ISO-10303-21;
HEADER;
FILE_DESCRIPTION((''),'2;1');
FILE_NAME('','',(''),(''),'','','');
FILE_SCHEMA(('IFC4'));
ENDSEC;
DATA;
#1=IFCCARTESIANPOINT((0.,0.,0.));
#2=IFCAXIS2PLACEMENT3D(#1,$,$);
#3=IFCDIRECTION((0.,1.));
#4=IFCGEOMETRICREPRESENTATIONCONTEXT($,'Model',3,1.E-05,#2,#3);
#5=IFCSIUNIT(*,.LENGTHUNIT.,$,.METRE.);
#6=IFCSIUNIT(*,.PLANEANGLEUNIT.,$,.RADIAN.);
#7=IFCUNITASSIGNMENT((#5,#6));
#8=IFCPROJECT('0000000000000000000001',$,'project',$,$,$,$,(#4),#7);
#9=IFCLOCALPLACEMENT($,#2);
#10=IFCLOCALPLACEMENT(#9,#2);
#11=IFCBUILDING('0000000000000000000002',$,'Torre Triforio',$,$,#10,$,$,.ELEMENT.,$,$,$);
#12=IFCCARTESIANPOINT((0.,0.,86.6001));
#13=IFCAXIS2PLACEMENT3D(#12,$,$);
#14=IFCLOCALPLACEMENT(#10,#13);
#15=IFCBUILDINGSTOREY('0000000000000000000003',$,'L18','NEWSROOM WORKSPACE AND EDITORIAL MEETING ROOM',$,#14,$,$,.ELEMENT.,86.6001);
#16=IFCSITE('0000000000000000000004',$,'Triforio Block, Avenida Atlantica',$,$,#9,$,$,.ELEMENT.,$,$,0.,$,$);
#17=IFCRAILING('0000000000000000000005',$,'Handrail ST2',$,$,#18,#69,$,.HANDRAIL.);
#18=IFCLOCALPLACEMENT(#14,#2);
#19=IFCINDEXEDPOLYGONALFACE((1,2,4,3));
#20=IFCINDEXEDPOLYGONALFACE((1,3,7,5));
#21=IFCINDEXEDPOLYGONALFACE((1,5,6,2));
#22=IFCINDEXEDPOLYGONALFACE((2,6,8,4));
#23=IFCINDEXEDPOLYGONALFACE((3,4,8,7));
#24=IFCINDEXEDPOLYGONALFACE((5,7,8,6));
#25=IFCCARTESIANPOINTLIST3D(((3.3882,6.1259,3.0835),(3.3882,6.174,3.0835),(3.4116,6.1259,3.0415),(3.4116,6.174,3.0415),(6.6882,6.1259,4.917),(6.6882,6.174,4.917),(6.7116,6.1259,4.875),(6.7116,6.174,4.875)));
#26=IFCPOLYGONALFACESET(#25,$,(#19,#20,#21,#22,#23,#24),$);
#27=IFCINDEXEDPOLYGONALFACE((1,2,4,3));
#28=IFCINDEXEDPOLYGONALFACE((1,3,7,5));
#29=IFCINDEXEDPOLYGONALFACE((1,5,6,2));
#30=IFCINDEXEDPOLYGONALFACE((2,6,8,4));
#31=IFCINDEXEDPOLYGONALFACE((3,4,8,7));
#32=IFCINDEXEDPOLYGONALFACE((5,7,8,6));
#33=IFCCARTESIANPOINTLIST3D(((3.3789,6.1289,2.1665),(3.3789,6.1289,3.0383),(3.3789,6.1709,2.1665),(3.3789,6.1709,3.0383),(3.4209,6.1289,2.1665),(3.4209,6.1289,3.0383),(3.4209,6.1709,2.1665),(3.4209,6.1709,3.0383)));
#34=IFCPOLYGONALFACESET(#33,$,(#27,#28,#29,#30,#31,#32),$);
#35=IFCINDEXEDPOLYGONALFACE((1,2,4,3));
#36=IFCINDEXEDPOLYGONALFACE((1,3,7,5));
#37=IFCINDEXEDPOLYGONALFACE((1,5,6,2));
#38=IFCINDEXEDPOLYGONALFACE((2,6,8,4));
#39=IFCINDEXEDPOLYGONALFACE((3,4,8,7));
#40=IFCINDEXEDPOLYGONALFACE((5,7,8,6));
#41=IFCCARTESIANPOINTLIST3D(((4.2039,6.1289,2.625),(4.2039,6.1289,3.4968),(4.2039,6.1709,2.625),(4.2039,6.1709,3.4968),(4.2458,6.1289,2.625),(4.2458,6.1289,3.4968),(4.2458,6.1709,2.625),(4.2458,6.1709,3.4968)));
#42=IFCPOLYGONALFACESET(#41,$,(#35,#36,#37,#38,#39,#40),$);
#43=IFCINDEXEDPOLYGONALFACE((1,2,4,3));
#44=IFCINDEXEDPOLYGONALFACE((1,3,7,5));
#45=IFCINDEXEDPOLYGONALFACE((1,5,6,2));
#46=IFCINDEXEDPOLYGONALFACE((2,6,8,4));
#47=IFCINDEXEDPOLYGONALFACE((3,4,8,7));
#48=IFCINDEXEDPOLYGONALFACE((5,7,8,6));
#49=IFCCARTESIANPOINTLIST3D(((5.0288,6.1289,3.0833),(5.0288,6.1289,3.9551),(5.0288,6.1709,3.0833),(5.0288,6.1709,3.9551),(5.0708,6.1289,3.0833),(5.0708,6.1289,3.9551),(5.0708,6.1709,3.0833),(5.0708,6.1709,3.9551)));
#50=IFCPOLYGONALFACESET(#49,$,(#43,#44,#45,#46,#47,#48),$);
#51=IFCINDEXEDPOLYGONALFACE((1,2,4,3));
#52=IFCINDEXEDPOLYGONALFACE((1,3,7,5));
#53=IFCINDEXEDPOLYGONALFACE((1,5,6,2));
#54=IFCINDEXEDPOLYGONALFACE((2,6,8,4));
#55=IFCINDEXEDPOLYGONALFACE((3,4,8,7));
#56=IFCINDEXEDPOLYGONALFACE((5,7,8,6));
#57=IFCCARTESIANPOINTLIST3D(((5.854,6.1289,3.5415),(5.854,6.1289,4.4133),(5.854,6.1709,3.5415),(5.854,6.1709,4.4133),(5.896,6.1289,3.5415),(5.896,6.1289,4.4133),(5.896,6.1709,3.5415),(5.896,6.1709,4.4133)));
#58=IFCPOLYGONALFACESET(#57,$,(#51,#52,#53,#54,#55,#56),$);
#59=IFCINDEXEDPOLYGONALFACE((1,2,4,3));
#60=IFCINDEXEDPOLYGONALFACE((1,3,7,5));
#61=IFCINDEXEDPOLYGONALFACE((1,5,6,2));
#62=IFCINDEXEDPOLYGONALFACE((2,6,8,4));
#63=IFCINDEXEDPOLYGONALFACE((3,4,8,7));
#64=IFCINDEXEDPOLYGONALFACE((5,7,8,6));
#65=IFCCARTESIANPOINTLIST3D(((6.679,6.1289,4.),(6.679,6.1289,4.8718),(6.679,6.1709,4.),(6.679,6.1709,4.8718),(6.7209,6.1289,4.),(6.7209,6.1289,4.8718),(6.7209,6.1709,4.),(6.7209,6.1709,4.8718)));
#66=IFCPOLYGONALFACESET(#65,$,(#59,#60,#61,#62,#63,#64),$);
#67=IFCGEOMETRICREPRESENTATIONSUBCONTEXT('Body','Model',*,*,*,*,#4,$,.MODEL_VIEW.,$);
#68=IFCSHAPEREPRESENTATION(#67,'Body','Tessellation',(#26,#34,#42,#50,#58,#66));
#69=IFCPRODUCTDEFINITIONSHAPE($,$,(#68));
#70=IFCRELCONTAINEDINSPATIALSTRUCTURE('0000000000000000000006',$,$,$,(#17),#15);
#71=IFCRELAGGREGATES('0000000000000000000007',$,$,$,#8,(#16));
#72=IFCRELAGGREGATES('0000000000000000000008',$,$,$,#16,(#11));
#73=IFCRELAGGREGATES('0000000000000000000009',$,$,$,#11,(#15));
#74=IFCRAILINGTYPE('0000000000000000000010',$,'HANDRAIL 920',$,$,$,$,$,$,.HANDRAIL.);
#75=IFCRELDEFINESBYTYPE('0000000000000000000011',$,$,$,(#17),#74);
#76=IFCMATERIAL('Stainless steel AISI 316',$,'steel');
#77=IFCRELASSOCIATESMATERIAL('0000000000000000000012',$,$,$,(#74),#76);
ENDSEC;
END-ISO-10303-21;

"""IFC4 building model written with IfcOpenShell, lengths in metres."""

from ifc_helpers import new_model, si_unit, direction, frame, origin, origin_2d, place, context, subcontext, project, spatial, rectangle, extrude, material, type_object, element, save


model = new_model("IFC4")

# Units and contexts
model_context = context("Model", 3, precision=1e-05, world=origin(), true_north=direction((0.0, 1.0)))
body_context = subcontext(model_context, "Body", "Model", "MODEL_VIEW")
ifc_project = project(units=[si_unit("LENGTHUNIT", "METRE"), si_unit("PLANEANGLEUNIT", "RADIAN")], contexts=[model_context])

# Site, building, storey
site_placement = place(None, origin())
site = spatial("IfcSite", under=ifc_project, at=site_placement, Name="Triforio Block, Avenida Atlantica", CompositionType="ELEMENT", RefElevation=0.0)
building_placement = place(site_placement, origin())
building = spatial("IfcBuilding", under=site, at=building_placement, Name="Torre Triforio", CompositionType="ELEMENT")
storey_placement = place(building_placement, frame((0.0, 0.0, 86.6001)))
storey = spatial("IfcBuildingStorey", under=building, at=storey_placement, Name="L18", Description="NEWSROOM WORKSPACE AND EDITORIAL MEETING ROOM", CompositionType="ELEMENT", Elevation=86.6001)

# Railing
ifc_material_1 = material(Name="Stainless steel AISI 316", Category="steel")
railing_type = type_object("IfcRailingType", Name="HANDRAIL 920", PredefinedType="HANDRAIL", material=ifc_material_1)
for number, where, name in (
    (1, (3.3999, 6.1499, 2.1665), "Handrail ST2"),
):
    element("IfcRailing", number, at=place(storey_placement, frame(where)), inside=storey, type_object=railing_type, Name=name, PredefinedType="HANDRAIL", context=body_context, shape_type="SweptSolid", body=[
        extrude(rectangle(XDim=0.0481, YDim=0.0481, at=origin_2d()), frame((0.0, 0.0, 0.896), z_axis=(0.874142, 0.0, 0.48567), x_axis=(0.0, 1.0, 0.0)), (0.0, 0.0, 1.0), 3.7751),
        extrude(rectangle(XDim=0.042, YDim=0.042, at=origin_2d()), origin(), (0.0, 0.0, 1.0), 0.8718),
        extrude(rectangle(XDim=0.042, YDim=0.042, at=origin_2d()), frame((0.825, 0.0, 0.4585)), (0.0, 0.0, 1.0), 0.8718),
        extrude(rectangle(XDim=0.042, YDim=0.042, at=origin_2d()), frame((1.6499, 0.0, 0.9167)), (0.0, 0.0, 1.0), 0.8718),
        extrude(rectangle(XDim=0.042, YDim=0.042, at=origin_2d()), frame((2.4751, 0.0, 1.375)), (0.0, 0.0, 1.0), 0.8718),
        extrude(rectangle(XDim=0.042, YDim=0.042, at=origin_2d()), frame((3.3, 0.0, 1.8335)), (0.0, 0.0, 1.0), 0.8718),
    ])

save(model, "model.ifc")
